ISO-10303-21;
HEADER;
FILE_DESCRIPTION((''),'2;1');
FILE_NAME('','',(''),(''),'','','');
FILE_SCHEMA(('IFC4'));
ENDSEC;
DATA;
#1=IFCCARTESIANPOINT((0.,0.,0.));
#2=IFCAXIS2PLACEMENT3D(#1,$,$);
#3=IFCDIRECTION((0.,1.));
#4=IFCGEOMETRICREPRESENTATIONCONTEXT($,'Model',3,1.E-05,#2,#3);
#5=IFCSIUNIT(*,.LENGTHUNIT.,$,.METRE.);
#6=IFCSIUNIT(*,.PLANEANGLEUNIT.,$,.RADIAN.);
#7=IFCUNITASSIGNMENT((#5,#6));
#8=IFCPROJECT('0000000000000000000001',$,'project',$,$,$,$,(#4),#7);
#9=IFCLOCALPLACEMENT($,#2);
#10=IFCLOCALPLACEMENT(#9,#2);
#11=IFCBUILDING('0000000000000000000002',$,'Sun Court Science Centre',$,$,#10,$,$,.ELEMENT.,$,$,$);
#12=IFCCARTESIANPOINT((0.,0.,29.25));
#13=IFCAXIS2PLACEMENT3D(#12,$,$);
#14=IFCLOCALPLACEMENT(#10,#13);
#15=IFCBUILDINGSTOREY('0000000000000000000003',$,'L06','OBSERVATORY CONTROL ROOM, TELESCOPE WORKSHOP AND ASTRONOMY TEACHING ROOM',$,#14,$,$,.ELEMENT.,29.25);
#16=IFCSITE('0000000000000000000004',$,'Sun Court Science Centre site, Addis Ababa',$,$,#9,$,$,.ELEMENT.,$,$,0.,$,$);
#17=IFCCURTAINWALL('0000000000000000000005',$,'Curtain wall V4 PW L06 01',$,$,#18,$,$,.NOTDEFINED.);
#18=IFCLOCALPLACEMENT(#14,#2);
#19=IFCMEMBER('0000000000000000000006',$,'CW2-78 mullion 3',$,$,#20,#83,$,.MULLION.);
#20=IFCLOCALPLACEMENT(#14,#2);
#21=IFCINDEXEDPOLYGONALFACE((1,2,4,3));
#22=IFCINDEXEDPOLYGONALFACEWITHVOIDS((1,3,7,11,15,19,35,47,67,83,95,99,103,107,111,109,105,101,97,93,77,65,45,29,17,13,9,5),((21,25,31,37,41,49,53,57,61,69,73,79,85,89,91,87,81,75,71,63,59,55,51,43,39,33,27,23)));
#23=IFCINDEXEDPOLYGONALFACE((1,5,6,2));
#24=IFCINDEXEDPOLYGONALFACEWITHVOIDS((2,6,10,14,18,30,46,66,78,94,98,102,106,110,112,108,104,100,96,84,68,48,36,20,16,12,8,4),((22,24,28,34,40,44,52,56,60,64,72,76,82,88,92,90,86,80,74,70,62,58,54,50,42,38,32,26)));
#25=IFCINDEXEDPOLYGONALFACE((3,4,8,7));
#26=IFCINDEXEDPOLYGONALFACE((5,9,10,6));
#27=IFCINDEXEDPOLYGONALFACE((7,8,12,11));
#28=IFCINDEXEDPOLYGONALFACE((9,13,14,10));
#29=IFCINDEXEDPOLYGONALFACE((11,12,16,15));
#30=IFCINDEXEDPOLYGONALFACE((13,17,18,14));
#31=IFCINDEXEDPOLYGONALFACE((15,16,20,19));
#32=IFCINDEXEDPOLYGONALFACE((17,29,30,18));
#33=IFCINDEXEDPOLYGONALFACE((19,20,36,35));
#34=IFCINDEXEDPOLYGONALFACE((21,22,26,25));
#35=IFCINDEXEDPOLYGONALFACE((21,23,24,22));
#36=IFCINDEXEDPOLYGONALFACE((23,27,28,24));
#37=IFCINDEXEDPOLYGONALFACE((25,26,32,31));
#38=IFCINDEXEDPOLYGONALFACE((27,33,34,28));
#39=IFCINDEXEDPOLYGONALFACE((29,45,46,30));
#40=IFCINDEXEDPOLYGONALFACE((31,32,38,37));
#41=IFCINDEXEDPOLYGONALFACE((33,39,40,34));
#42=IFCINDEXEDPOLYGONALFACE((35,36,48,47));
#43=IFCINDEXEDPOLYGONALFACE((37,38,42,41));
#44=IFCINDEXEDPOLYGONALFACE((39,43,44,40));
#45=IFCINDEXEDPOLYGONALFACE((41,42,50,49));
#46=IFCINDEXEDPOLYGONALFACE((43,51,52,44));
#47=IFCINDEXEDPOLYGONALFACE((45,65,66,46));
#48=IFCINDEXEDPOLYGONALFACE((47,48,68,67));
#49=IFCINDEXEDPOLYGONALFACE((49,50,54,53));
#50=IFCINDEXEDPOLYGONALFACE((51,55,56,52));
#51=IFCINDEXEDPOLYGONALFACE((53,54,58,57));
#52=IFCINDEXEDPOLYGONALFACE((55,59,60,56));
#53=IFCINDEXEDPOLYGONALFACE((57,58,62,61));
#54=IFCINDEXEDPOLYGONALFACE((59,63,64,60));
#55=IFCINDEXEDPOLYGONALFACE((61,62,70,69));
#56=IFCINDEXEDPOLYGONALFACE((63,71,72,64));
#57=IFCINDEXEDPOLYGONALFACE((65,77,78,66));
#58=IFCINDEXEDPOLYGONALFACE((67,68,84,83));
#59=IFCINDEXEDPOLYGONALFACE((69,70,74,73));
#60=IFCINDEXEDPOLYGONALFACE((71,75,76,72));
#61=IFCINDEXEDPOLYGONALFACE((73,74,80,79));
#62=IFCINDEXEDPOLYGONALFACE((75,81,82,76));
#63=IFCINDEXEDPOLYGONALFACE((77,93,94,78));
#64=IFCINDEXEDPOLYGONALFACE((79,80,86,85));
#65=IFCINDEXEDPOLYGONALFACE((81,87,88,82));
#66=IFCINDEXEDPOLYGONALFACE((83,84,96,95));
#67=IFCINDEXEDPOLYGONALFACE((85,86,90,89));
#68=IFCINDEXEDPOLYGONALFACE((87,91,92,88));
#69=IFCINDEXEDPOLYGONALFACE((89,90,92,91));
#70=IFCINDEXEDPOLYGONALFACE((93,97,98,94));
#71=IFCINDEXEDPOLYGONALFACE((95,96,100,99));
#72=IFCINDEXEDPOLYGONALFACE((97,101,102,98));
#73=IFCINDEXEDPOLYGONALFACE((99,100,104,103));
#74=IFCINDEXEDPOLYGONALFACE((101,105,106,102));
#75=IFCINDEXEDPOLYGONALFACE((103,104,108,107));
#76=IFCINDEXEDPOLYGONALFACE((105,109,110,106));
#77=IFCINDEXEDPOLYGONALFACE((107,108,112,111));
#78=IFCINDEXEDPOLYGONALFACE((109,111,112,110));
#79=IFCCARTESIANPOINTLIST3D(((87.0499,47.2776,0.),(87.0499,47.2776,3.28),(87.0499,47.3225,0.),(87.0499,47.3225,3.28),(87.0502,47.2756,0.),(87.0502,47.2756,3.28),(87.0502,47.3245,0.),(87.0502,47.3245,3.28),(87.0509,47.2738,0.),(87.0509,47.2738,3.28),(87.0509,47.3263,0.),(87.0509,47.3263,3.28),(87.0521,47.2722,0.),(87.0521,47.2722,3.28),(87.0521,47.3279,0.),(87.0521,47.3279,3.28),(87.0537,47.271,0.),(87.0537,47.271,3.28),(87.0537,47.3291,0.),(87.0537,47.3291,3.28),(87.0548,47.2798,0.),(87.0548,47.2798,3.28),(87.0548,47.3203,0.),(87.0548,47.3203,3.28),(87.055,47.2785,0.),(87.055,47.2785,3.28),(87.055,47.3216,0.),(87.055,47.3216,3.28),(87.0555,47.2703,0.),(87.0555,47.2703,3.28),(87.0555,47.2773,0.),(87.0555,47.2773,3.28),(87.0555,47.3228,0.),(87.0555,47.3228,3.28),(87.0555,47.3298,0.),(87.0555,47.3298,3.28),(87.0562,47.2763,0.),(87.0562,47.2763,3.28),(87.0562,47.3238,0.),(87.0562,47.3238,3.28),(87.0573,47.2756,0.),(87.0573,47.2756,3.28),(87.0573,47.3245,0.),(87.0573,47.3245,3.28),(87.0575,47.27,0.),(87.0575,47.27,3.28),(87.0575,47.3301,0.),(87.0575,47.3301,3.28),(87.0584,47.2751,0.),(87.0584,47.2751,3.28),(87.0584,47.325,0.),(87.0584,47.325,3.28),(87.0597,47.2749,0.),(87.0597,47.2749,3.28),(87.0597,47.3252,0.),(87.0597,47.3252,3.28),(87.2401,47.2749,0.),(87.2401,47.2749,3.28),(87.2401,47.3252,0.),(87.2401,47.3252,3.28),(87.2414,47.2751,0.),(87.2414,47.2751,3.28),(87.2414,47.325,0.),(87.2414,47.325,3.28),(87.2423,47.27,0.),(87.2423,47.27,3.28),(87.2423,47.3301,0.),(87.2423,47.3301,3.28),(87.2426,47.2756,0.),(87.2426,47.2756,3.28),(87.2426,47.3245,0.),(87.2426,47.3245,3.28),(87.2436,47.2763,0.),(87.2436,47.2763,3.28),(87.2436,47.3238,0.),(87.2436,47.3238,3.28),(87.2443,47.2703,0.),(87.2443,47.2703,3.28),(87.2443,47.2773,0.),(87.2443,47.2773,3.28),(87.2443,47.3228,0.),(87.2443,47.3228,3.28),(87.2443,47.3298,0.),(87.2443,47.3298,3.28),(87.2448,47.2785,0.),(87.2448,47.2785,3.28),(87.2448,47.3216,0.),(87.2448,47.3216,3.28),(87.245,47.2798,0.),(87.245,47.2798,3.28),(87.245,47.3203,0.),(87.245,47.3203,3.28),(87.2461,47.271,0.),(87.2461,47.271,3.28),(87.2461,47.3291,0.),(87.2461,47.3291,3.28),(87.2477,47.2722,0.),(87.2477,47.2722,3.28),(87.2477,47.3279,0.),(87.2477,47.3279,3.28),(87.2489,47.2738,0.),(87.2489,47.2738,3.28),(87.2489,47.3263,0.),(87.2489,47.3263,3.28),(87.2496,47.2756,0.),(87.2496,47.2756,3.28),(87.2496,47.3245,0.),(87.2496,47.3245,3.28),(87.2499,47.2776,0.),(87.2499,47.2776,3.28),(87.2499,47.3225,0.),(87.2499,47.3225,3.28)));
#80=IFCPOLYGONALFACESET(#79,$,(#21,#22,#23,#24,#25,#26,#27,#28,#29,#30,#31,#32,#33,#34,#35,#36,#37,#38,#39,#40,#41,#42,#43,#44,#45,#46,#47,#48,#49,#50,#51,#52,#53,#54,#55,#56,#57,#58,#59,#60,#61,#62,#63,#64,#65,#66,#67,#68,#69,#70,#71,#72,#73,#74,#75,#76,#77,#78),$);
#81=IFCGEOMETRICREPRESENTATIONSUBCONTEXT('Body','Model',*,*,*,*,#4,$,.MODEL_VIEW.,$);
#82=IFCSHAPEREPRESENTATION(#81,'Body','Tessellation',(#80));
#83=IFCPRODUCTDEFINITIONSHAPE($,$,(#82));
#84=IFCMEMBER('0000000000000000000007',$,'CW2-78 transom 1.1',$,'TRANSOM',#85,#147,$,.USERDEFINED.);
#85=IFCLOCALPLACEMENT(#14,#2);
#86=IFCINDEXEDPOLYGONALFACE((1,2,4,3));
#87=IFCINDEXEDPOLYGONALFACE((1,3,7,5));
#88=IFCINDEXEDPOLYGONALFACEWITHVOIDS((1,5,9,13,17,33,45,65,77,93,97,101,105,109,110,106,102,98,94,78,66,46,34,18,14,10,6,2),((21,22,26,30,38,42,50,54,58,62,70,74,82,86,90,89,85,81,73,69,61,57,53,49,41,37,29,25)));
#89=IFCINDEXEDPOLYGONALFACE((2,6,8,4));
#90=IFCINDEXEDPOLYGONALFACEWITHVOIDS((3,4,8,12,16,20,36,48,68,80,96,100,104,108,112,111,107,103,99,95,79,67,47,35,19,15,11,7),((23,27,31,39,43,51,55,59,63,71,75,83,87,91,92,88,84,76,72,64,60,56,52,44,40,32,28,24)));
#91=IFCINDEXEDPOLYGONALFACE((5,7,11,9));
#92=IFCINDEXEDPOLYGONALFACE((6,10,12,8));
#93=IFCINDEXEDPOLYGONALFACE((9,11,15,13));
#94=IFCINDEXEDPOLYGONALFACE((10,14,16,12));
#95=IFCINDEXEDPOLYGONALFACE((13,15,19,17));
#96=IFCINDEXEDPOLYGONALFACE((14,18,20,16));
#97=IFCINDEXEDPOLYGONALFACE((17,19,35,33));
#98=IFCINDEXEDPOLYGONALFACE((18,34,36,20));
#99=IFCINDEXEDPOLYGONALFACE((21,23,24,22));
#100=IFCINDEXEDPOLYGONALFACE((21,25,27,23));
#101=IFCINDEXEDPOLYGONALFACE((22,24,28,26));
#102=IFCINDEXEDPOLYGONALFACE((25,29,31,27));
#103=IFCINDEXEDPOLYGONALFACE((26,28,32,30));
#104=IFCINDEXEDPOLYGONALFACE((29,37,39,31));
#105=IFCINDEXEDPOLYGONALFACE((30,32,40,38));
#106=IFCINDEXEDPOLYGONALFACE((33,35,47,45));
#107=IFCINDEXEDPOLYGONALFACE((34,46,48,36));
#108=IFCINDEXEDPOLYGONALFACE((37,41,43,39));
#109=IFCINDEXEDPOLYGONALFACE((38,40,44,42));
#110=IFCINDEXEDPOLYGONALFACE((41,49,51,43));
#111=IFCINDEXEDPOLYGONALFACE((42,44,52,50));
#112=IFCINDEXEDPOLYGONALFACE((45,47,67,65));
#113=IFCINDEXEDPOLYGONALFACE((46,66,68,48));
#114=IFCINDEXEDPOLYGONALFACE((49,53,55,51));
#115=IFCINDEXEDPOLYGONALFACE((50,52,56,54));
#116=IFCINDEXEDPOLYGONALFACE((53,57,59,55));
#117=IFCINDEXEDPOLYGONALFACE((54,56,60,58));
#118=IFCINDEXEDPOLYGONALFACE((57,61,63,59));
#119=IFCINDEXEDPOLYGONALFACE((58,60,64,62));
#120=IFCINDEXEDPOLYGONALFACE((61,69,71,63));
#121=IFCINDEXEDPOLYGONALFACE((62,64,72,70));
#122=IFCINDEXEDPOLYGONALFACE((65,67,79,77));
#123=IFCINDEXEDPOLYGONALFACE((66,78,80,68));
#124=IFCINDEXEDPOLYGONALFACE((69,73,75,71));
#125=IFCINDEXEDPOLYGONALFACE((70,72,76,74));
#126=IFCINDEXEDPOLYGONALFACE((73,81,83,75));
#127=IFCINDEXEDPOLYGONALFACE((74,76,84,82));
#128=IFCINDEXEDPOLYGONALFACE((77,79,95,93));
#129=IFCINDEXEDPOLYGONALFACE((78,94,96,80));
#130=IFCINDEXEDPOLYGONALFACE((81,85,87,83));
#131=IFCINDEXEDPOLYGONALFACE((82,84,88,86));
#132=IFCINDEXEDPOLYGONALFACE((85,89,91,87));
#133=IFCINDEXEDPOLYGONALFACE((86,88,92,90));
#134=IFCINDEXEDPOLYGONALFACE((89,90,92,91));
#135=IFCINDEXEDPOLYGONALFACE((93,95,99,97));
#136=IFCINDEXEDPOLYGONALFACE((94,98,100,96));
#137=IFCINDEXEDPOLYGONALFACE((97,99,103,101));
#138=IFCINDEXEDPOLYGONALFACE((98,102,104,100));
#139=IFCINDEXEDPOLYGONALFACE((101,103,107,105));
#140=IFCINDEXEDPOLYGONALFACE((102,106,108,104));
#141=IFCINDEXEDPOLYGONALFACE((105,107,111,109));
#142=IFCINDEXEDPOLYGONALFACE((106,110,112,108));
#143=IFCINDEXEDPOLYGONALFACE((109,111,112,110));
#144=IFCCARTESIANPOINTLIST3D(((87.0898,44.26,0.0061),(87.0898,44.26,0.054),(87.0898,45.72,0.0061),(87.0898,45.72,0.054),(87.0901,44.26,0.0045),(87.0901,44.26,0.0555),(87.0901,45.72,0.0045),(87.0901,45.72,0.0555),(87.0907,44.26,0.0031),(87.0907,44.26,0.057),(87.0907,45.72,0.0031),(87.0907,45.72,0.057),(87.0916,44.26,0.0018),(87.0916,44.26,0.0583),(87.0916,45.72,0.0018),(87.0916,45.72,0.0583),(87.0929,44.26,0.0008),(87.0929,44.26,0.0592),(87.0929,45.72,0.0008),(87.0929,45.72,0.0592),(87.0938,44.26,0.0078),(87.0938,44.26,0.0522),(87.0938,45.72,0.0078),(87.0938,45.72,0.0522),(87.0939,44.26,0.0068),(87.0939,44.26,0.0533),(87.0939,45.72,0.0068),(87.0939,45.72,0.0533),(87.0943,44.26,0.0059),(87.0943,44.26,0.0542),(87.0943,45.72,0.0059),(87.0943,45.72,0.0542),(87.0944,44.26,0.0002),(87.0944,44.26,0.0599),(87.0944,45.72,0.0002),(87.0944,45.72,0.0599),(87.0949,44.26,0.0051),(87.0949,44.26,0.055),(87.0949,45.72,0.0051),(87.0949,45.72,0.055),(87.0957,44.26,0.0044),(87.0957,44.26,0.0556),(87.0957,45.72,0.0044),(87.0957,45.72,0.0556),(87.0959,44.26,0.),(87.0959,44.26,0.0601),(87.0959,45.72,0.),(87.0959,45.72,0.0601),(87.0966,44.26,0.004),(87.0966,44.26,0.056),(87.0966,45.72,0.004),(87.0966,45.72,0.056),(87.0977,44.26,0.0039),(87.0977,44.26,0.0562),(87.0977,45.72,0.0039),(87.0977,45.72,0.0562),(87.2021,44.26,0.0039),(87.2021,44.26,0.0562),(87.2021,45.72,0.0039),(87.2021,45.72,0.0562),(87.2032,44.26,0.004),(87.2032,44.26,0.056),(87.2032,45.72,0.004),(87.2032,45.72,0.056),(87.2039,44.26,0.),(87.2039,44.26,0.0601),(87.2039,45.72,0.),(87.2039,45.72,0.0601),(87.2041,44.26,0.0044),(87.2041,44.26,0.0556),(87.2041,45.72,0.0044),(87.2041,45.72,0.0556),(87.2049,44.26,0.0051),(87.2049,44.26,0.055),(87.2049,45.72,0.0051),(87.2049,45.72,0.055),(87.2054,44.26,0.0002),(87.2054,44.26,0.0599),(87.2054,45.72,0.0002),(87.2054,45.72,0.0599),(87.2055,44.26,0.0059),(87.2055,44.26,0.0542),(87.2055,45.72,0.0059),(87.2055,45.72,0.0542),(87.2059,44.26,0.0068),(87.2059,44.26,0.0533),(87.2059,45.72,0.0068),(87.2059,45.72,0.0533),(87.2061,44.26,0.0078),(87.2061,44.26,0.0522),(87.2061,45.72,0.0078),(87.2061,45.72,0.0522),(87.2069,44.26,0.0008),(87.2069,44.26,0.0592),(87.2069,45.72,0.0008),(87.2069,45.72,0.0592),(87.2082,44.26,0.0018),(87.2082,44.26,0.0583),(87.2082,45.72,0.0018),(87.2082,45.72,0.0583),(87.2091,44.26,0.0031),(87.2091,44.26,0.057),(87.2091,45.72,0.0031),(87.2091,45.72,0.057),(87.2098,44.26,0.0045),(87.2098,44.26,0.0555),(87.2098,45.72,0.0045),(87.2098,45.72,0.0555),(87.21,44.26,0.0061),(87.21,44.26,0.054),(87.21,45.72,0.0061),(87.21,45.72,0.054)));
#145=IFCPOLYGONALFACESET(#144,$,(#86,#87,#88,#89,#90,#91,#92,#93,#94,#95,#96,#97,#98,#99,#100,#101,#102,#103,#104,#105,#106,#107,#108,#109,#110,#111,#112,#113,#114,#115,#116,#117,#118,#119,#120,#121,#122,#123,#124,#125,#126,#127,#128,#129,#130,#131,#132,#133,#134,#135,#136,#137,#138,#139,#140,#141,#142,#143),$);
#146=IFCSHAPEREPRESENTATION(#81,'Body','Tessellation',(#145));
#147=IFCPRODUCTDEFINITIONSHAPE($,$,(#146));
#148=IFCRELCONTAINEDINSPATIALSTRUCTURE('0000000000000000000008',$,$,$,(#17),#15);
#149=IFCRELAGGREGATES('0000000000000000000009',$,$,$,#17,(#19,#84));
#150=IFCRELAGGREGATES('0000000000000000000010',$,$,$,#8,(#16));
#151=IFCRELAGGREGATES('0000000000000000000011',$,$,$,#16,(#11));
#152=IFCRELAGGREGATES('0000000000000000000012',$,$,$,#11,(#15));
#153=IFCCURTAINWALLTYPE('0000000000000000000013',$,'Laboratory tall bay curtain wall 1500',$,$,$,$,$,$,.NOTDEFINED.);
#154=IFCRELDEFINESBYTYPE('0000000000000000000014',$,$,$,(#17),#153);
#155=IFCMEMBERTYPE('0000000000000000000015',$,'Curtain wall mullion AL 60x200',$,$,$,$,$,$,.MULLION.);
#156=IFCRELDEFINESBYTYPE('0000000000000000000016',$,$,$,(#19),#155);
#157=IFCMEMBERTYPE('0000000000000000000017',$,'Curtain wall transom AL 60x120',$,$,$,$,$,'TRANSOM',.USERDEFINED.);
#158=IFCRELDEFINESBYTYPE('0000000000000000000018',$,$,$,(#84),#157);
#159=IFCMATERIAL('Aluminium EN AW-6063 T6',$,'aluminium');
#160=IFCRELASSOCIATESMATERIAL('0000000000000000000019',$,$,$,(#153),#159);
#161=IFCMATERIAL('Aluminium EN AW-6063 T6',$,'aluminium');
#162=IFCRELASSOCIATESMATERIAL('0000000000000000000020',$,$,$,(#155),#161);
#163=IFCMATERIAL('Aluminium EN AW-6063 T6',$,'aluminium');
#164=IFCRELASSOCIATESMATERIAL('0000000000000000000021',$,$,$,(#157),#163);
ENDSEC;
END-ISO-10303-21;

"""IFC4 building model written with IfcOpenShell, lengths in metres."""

from ifc_helpers import new_model, si_unit, direction, frame, origin, origin_2d, place, context, subcontext, project, spatial, hollow_rectangle, extrude, material, material_profile, profile_set, type_object, element, aggregate, save


model = new_model("IFC4")

# Units and contexts
model_context = context("Model", 3, precision=1e-05, world=origin(), true_north=direction((0.0, 1.0)))
body_context = subcontext(model_context, "Body", "Model", "MODEL_VIEW")
ifc_project = project(units=[si_unit("LENGTHUNIT", "METRE"), si_unit("PLANEANGLEUNIT", "RADIAN")], contexts=[model_context])

# Site, building, storey
site_placement = place(None, origin())
site = spatial("IfcSite", under=ifc_project, at=site_placement, Name="Sun Court Science Centre site, Addis Ababa", CompositionType="ELEMENT", RefElevation=0.0)
building_placement = place(site_placement, origin())
building = spatial("IfcBuilding", under=site, at=building_placement, Name="Sun Court Science Centre", CompositionType="ELEMENT")
storey_placement = place(building_placement, frame((0.0, 0.0, 29.25)))
storey = spatial("IfcBuildingStorey", under=building, at=storey_placement, Name="L06", Description="OBSERVATORY CONTROL ROOM, TELESCOPE WORKSHOP AND ASTRONOMY TEACHING ROOM", CompositionType="ELEMENT", Elevation=29.25)

# Curtain wall, members
ifc_material_1 = material(Name="Aluminium EN AW-6063 T6", Category="aluminium")
curtain_wall_type = type_object("IfcCurtainWallType", Name="Laboratory tall bay curtain wall 1500", PredefinedType="NOTDEFINED", material=ifc_material_1)
curtain_wall_placement = place(storey_placement, origin())
curtain_wall = element("IfcCurtainWall", 1, at=curtain_wall_placement, inside=storey, type_object=curtain_wall_type, Name="Curtain wall V4 PW L06 01", PredefinedType="NOTDEFINED")
ifc_material_2 = material(Name="Aluminium EN AW-6063 T6", Category="aluminium")
ifc_material_profile_1 = material_profile(ifc_material_2, hollow_rectangle(XDim=0.0601, YDim=0.2, WallThickness=0.0049, InnerFilletRadius=0.0049, OuterFilletRadius=0.0076, at=origin_2d()), Name="AL 60x200x5")
ifc_profile_set_1 = profile_set([ifc_material_profile_1], Name="Aluminium EN AW-6063 T6")
member_type_1 = type_object("IfcMemberType", Name="Curtain wall mullion AL 60x200", PredefinedType="MULLION", material=ifc_profile_set_1)
member_1_placement = place(storey_placement, frame((87.1499, 47.3, 0.0), z_axis=(0.0, 0.0, 1.0), x_axis=(0.0, 1.0, 0.0)))
member_1 = element("IfcMember", 2, at=member_1_placement, type_object=member_type_1, Name="CW2-78 mullion 3", PredefinedType="MULLION", context=body_context, shape_type="SweptSolid", body=[
    extrude(hollow_rectangle(XDim=0.0601, YDim=0.2, WallThickness=0.0049, InnerFilletRadius=0.0049, OuterFilletRadius=0.0076, at=origin_2d()), origin(), (0.0, 0.0, 1.0), 3.28),
])
ifc_material_3 = material(Name="Aluminium EN AW-6063 T6", Category="aluminium")
ifc_material_profile_2 = material_profile(ifc_material_3, hollow_rectangle(XDim=0.0601, YDim=0.1201, WallThickness=0.0039, InnerFilletRadius=0.0039, OuterFilletRadius=0.0061, at=origin_2d()), Name="AL 60x120x4")
ifc_profile_set_2 = profile_set([ifc_material_profile_2], Name="Aluminium EN AW-6063 T6")
member_type_2 = type_object("IfcMemberType", Name="Curtain wall transom AL 60x120", ElementType="TRANSOM", PredefinedType="USERDEFINED", material=ifc_profile_set_2)
member_2_placement = place(storey_placement, frame((87.1499, 44.26, 0.03), z_axis=(0.0, 1.0, 0.0), x_axis=(0.0, 0.0, 1.0)))
member_2 = element("IfcMember", 3, at=member_2_placement, type_object=member_type_2, Name="CW2-78 transom 1.1", ObjectType="TRANSOM", PredefinedType="USERDEFINED", context=body_context, shape_type="SweptSolid", body=[
    extrude(hollow_rectangle(XDim=0.0601, YDim=0.1201, WallThickness=0.0039, InnerFilletRadius=0.0039, OuterFilletRadius=0.0061, at=origin_2d()), origin(), (0.0, 0.0, 1.0), 1.46),
])

aggregate(curtain_wall, [member_1, member_2])

save(model, "model.ifc")
